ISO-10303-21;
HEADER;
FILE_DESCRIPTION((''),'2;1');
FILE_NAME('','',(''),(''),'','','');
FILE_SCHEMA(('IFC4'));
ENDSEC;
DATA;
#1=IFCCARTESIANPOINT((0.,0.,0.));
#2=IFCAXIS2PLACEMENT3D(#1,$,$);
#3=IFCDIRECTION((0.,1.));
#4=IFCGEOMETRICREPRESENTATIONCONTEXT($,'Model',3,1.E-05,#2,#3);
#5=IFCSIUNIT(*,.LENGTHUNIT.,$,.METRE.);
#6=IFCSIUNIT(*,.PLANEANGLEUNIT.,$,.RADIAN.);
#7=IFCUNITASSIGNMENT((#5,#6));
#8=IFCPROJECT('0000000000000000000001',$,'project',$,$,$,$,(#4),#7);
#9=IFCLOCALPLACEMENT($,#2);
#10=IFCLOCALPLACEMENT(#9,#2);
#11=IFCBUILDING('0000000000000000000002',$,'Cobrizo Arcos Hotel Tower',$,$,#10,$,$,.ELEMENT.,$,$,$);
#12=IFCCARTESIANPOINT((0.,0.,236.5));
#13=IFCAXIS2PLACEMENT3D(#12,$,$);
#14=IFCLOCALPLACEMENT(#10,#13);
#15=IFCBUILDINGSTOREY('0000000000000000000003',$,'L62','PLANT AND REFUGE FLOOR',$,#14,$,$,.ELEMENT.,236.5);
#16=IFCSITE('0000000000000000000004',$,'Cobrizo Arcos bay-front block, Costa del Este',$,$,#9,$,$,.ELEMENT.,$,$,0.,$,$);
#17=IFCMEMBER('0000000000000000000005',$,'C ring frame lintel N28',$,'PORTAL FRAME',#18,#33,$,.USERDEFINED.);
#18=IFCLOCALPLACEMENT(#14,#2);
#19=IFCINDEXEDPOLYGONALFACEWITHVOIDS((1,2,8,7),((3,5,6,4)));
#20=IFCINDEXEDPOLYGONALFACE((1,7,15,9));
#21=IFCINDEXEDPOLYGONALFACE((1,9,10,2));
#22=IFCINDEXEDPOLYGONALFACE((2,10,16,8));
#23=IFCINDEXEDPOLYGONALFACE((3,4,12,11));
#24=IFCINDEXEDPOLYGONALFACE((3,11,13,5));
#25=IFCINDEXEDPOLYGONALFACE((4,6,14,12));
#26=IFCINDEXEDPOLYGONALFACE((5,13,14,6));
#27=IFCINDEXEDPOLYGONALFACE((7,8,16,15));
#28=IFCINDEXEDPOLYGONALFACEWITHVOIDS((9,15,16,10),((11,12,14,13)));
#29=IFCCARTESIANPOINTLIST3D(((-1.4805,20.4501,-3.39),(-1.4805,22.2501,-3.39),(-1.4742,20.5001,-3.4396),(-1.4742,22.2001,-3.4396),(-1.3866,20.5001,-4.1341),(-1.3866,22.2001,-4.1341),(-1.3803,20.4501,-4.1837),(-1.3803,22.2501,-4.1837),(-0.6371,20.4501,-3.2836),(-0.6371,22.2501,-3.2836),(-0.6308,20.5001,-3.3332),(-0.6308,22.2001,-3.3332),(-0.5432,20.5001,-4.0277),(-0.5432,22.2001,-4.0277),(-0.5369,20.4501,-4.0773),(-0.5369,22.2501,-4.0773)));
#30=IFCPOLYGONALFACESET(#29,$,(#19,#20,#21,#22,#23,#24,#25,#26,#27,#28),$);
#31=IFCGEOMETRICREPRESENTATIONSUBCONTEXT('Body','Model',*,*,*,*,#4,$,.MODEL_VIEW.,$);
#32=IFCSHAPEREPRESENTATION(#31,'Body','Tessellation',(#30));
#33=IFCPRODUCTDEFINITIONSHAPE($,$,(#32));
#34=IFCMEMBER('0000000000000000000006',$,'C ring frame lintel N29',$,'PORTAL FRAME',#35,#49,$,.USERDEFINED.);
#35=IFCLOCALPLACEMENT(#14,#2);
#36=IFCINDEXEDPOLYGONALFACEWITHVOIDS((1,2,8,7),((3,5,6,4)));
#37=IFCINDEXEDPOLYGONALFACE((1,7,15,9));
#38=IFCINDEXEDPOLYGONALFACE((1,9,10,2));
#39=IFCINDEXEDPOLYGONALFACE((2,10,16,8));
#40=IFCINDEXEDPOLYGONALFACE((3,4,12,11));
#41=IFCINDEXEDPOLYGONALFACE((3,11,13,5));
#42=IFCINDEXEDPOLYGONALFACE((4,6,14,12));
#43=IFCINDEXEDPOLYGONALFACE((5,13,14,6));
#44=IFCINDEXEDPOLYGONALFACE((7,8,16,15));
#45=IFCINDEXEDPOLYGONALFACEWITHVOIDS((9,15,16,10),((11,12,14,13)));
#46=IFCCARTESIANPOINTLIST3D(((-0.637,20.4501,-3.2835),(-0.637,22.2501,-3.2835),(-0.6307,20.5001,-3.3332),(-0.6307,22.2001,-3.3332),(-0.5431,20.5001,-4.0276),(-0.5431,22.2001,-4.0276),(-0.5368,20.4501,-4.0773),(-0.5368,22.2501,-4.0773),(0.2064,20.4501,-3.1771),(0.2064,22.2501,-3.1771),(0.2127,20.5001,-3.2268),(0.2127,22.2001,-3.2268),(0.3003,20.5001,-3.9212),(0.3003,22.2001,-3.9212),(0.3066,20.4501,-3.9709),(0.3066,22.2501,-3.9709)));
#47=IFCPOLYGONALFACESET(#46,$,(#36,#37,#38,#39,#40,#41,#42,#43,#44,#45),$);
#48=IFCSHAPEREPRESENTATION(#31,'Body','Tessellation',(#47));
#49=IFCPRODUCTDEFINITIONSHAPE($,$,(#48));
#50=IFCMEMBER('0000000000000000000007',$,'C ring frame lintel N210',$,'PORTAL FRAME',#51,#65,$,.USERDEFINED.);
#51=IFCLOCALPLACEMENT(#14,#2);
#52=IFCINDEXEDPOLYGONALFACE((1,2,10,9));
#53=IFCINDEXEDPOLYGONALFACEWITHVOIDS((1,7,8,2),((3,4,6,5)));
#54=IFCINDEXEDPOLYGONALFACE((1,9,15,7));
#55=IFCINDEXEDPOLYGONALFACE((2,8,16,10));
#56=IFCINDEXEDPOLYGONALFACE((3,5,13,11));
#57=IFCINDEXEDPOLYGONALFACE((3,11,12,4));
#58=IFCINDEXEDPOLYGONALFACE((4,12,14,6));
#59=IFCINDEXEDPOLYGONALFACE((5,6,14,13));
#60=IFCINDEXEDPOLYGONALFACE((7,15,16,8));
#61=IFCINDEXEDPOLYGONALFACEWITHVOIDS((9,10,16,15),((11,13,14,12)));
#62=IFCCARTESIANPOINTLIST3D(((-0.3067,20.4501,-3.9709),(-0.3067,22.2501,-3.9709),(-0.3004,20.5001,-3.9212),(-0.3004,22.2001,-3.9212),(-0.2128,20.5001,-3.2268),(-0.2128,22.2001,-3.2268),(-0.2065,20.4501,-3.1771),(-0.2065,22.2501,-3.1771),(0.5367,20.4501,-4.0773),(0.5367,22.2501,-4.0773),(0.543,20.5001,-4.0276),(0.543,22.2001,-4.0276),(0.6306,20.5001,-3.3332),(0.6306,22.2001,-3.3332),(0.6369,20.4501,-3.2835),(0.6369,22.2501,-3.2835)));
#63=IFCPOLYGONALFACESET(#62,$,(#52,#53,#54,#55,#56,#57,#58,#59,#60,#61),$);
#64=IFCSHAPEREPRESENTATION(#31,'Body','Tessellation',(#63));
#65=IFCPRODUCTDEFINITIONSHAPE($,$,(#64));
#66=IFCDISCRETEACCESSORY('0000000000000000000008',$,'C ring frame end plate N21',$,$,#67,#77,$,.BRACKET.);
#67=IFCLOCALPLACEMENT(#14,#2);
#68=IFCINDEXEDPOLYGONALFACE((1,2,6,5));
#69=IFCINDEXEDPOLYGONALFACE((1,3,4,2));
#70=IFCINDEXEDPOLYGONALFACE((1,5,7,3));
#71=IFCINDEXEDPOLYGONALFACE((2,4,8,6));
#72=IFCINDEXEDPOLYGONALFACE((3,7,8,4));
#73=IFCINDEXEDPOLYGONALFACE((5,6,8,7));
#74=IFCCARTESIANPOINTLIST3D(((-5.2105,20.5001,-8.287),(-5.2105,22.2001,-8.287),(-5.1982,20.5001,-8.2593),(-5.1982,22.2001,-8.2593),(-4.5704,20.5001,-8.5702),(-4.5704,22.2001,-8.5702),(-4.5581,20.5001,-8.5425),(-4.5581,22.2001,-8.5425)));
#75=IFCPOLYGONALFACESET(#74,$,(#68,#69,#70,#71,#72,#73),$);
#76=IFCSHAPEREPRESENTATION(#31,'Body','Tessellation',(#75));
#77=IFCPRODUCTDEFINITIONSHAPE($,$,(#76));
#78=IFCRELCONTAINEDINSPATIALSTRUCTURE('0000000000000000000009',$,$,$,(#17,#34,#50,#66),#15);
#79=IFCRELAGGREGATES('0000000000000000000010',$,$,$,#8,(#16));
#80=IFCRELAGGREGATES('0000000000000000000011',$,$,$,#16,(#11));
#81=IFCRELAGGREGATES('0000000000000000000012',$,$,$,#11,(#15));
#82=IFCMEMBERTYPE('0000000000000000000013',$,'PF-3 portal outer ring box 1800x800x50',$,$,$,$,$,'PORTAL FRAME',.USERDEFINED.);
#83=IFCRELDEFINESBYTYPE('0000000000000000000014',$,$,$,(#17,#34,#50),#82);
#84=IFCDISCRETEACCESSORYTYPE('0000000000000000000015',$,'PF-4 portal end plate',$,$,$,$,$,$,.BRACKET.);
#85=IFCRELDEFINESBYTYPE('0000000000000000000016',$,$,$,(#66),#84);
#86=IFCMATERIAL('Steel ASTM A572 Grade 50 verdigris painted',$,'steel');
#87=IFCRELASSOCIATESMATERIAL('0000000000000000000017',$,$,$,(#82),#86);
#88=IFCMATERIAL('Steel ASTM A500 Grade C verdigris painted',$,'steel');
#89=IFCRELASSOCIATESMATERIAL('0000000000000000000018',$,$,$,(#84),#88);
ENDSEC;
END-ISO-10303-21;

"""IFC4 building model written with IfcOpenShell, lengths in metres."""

from ifc_helpers import new_model, si_unit, direction, frame, origin, origin_2d, place, context, subcontext, project, spatial, rectangle, hollow_rectangle, extrude, material, material_profile, profile_set, type_object, element, save


model = new_model("IFC4")

# Units and contexts
model_context = context("Model", 3, precision=1e-05, world=origin(), true_north=direction((0.0, 1.0)))
body_context = subcontext(model_context, "Body", "Model", "MODEL_VIEW")
ifc_project = project(units=[si_unit("LENGTHUNIT", "METRE"), si_unit("PLANEANGLEUNIT", "RADIAN")], contexts=[model_context])

# Site, building, storey
site_placement = place(None, origin())
site = spatial("IfcSite", under=ifc_project, at=site_placement, Name="Cobrizo Arcos bay-front block, Costa del Este", CompositionType="ELEMENT", RefElevation=0.0)
building_placement = place(site_placement, origin())
building = spatial("IfcBuilding", under=site, at=building_placement, Name="Cobrizo Arcos Hotel Tower", CompositionType="ELEMENT")
storey_placement = place(building_placement, frame((0.0, 0.0, 236.5)))
storey = spatial("IfcBuildingStorey", under=building, at=storey_placement, Name="L62", Description="PLANT AND REFUGE FLOOR", CompositionType="ELEMENT", Elevation=236.5)

# Members
ifc_material_1 = material(Name="Steel ASTM A572 Grade 50 verdigris painted", Category="steel")
ifc_material_profile_1 = material_profile(ifc_material_1, hollow_rectangle(XDim=1.8, YDim=0.8, WallThickness=0.05, at=origin_2d()), Name="PF-3 portal outer ring box 1800x800x50")
ifc_profile_set_1 = profile_set([ifc_material_profile_1], Name="Steel ASTM A572 Grade 50 verdigris painted")
member_type_1 = type_object("IfcMemberType", Name="PF-3 portal outer ring box 1800x800x50", ElementType="PORTAL FRAME", PredefinedType="USERDEFINED", material=ifc_profile_set_1)
for number, where, z_axis, x_axis, name in (
    (1, (-1.4304, 21.3501, -3.7869), (0.992131, 0.0, 0.125201), (0.0, 1.0, 0.0), "C ring frame lintel N28"),
    (2, (-0.5869, 21.3501, -3.6804), (0.992131, 0.0, 0.125201), (0.0, 1.0, 0.0), "C ring frame lintel N29"),
    (3, (-0.2566, 21.3501, -3.574), (0.992131, 0.0, -0.125201), (0.0, 1.0, 0.0), "C ring frame lintel N210"),
):
    element("IfcMember", number, at=place(storey_placement, frame(where, z_axis=z_axis, x_axis=x_axis)), inside=storey, type_object=member_type_1, Name=name, ObjectType="PORTAL FRAME", PredefinedType="USERDEFINED", context=body_context, shape_type="SweptSolid", body=[
        extrude(hollow_rectangle(XDim=1.8, YDim=0.8, WallThickness=0.05, at=origin_2d()), origin(), (0.0, 0.0, 1.0), 0.8501),
    ])

# Discrete accessory
ifc_material_2 = material(Name="Steel ASTM A500 Grade C verdigris painted", Category="steel")
discrete_accessory_type = type_object("IfcDiscreteAccessoryType", Name="PF-4 portal end plate", PredefinedType="BRACKET", material=ifc_material_2)
discrete_accessory_placement = place(storey_placement, frame((-4.8782, 21.3501, -8.4009), z_axis=(-0.404636, 0.0, -0.914478), x_axis=(0.0, -1.0, 0.0)))
element("IfcDiscreteAccessory", 4, at=discrete_accessory_placement, inside=storey, type_object=discrete_accessory_type, Name="C ring frame end plate N21", PredefinedType="BRACKET", context=body_context, shape_type="SweptSolid", body=[
    extrude(rectangle(XDim=1.7, YDim=0.7, at=origin_2d()), origin(), (0.0, 0.0, 1.0), 0.0303),
])

save(model, "model.ifc")
